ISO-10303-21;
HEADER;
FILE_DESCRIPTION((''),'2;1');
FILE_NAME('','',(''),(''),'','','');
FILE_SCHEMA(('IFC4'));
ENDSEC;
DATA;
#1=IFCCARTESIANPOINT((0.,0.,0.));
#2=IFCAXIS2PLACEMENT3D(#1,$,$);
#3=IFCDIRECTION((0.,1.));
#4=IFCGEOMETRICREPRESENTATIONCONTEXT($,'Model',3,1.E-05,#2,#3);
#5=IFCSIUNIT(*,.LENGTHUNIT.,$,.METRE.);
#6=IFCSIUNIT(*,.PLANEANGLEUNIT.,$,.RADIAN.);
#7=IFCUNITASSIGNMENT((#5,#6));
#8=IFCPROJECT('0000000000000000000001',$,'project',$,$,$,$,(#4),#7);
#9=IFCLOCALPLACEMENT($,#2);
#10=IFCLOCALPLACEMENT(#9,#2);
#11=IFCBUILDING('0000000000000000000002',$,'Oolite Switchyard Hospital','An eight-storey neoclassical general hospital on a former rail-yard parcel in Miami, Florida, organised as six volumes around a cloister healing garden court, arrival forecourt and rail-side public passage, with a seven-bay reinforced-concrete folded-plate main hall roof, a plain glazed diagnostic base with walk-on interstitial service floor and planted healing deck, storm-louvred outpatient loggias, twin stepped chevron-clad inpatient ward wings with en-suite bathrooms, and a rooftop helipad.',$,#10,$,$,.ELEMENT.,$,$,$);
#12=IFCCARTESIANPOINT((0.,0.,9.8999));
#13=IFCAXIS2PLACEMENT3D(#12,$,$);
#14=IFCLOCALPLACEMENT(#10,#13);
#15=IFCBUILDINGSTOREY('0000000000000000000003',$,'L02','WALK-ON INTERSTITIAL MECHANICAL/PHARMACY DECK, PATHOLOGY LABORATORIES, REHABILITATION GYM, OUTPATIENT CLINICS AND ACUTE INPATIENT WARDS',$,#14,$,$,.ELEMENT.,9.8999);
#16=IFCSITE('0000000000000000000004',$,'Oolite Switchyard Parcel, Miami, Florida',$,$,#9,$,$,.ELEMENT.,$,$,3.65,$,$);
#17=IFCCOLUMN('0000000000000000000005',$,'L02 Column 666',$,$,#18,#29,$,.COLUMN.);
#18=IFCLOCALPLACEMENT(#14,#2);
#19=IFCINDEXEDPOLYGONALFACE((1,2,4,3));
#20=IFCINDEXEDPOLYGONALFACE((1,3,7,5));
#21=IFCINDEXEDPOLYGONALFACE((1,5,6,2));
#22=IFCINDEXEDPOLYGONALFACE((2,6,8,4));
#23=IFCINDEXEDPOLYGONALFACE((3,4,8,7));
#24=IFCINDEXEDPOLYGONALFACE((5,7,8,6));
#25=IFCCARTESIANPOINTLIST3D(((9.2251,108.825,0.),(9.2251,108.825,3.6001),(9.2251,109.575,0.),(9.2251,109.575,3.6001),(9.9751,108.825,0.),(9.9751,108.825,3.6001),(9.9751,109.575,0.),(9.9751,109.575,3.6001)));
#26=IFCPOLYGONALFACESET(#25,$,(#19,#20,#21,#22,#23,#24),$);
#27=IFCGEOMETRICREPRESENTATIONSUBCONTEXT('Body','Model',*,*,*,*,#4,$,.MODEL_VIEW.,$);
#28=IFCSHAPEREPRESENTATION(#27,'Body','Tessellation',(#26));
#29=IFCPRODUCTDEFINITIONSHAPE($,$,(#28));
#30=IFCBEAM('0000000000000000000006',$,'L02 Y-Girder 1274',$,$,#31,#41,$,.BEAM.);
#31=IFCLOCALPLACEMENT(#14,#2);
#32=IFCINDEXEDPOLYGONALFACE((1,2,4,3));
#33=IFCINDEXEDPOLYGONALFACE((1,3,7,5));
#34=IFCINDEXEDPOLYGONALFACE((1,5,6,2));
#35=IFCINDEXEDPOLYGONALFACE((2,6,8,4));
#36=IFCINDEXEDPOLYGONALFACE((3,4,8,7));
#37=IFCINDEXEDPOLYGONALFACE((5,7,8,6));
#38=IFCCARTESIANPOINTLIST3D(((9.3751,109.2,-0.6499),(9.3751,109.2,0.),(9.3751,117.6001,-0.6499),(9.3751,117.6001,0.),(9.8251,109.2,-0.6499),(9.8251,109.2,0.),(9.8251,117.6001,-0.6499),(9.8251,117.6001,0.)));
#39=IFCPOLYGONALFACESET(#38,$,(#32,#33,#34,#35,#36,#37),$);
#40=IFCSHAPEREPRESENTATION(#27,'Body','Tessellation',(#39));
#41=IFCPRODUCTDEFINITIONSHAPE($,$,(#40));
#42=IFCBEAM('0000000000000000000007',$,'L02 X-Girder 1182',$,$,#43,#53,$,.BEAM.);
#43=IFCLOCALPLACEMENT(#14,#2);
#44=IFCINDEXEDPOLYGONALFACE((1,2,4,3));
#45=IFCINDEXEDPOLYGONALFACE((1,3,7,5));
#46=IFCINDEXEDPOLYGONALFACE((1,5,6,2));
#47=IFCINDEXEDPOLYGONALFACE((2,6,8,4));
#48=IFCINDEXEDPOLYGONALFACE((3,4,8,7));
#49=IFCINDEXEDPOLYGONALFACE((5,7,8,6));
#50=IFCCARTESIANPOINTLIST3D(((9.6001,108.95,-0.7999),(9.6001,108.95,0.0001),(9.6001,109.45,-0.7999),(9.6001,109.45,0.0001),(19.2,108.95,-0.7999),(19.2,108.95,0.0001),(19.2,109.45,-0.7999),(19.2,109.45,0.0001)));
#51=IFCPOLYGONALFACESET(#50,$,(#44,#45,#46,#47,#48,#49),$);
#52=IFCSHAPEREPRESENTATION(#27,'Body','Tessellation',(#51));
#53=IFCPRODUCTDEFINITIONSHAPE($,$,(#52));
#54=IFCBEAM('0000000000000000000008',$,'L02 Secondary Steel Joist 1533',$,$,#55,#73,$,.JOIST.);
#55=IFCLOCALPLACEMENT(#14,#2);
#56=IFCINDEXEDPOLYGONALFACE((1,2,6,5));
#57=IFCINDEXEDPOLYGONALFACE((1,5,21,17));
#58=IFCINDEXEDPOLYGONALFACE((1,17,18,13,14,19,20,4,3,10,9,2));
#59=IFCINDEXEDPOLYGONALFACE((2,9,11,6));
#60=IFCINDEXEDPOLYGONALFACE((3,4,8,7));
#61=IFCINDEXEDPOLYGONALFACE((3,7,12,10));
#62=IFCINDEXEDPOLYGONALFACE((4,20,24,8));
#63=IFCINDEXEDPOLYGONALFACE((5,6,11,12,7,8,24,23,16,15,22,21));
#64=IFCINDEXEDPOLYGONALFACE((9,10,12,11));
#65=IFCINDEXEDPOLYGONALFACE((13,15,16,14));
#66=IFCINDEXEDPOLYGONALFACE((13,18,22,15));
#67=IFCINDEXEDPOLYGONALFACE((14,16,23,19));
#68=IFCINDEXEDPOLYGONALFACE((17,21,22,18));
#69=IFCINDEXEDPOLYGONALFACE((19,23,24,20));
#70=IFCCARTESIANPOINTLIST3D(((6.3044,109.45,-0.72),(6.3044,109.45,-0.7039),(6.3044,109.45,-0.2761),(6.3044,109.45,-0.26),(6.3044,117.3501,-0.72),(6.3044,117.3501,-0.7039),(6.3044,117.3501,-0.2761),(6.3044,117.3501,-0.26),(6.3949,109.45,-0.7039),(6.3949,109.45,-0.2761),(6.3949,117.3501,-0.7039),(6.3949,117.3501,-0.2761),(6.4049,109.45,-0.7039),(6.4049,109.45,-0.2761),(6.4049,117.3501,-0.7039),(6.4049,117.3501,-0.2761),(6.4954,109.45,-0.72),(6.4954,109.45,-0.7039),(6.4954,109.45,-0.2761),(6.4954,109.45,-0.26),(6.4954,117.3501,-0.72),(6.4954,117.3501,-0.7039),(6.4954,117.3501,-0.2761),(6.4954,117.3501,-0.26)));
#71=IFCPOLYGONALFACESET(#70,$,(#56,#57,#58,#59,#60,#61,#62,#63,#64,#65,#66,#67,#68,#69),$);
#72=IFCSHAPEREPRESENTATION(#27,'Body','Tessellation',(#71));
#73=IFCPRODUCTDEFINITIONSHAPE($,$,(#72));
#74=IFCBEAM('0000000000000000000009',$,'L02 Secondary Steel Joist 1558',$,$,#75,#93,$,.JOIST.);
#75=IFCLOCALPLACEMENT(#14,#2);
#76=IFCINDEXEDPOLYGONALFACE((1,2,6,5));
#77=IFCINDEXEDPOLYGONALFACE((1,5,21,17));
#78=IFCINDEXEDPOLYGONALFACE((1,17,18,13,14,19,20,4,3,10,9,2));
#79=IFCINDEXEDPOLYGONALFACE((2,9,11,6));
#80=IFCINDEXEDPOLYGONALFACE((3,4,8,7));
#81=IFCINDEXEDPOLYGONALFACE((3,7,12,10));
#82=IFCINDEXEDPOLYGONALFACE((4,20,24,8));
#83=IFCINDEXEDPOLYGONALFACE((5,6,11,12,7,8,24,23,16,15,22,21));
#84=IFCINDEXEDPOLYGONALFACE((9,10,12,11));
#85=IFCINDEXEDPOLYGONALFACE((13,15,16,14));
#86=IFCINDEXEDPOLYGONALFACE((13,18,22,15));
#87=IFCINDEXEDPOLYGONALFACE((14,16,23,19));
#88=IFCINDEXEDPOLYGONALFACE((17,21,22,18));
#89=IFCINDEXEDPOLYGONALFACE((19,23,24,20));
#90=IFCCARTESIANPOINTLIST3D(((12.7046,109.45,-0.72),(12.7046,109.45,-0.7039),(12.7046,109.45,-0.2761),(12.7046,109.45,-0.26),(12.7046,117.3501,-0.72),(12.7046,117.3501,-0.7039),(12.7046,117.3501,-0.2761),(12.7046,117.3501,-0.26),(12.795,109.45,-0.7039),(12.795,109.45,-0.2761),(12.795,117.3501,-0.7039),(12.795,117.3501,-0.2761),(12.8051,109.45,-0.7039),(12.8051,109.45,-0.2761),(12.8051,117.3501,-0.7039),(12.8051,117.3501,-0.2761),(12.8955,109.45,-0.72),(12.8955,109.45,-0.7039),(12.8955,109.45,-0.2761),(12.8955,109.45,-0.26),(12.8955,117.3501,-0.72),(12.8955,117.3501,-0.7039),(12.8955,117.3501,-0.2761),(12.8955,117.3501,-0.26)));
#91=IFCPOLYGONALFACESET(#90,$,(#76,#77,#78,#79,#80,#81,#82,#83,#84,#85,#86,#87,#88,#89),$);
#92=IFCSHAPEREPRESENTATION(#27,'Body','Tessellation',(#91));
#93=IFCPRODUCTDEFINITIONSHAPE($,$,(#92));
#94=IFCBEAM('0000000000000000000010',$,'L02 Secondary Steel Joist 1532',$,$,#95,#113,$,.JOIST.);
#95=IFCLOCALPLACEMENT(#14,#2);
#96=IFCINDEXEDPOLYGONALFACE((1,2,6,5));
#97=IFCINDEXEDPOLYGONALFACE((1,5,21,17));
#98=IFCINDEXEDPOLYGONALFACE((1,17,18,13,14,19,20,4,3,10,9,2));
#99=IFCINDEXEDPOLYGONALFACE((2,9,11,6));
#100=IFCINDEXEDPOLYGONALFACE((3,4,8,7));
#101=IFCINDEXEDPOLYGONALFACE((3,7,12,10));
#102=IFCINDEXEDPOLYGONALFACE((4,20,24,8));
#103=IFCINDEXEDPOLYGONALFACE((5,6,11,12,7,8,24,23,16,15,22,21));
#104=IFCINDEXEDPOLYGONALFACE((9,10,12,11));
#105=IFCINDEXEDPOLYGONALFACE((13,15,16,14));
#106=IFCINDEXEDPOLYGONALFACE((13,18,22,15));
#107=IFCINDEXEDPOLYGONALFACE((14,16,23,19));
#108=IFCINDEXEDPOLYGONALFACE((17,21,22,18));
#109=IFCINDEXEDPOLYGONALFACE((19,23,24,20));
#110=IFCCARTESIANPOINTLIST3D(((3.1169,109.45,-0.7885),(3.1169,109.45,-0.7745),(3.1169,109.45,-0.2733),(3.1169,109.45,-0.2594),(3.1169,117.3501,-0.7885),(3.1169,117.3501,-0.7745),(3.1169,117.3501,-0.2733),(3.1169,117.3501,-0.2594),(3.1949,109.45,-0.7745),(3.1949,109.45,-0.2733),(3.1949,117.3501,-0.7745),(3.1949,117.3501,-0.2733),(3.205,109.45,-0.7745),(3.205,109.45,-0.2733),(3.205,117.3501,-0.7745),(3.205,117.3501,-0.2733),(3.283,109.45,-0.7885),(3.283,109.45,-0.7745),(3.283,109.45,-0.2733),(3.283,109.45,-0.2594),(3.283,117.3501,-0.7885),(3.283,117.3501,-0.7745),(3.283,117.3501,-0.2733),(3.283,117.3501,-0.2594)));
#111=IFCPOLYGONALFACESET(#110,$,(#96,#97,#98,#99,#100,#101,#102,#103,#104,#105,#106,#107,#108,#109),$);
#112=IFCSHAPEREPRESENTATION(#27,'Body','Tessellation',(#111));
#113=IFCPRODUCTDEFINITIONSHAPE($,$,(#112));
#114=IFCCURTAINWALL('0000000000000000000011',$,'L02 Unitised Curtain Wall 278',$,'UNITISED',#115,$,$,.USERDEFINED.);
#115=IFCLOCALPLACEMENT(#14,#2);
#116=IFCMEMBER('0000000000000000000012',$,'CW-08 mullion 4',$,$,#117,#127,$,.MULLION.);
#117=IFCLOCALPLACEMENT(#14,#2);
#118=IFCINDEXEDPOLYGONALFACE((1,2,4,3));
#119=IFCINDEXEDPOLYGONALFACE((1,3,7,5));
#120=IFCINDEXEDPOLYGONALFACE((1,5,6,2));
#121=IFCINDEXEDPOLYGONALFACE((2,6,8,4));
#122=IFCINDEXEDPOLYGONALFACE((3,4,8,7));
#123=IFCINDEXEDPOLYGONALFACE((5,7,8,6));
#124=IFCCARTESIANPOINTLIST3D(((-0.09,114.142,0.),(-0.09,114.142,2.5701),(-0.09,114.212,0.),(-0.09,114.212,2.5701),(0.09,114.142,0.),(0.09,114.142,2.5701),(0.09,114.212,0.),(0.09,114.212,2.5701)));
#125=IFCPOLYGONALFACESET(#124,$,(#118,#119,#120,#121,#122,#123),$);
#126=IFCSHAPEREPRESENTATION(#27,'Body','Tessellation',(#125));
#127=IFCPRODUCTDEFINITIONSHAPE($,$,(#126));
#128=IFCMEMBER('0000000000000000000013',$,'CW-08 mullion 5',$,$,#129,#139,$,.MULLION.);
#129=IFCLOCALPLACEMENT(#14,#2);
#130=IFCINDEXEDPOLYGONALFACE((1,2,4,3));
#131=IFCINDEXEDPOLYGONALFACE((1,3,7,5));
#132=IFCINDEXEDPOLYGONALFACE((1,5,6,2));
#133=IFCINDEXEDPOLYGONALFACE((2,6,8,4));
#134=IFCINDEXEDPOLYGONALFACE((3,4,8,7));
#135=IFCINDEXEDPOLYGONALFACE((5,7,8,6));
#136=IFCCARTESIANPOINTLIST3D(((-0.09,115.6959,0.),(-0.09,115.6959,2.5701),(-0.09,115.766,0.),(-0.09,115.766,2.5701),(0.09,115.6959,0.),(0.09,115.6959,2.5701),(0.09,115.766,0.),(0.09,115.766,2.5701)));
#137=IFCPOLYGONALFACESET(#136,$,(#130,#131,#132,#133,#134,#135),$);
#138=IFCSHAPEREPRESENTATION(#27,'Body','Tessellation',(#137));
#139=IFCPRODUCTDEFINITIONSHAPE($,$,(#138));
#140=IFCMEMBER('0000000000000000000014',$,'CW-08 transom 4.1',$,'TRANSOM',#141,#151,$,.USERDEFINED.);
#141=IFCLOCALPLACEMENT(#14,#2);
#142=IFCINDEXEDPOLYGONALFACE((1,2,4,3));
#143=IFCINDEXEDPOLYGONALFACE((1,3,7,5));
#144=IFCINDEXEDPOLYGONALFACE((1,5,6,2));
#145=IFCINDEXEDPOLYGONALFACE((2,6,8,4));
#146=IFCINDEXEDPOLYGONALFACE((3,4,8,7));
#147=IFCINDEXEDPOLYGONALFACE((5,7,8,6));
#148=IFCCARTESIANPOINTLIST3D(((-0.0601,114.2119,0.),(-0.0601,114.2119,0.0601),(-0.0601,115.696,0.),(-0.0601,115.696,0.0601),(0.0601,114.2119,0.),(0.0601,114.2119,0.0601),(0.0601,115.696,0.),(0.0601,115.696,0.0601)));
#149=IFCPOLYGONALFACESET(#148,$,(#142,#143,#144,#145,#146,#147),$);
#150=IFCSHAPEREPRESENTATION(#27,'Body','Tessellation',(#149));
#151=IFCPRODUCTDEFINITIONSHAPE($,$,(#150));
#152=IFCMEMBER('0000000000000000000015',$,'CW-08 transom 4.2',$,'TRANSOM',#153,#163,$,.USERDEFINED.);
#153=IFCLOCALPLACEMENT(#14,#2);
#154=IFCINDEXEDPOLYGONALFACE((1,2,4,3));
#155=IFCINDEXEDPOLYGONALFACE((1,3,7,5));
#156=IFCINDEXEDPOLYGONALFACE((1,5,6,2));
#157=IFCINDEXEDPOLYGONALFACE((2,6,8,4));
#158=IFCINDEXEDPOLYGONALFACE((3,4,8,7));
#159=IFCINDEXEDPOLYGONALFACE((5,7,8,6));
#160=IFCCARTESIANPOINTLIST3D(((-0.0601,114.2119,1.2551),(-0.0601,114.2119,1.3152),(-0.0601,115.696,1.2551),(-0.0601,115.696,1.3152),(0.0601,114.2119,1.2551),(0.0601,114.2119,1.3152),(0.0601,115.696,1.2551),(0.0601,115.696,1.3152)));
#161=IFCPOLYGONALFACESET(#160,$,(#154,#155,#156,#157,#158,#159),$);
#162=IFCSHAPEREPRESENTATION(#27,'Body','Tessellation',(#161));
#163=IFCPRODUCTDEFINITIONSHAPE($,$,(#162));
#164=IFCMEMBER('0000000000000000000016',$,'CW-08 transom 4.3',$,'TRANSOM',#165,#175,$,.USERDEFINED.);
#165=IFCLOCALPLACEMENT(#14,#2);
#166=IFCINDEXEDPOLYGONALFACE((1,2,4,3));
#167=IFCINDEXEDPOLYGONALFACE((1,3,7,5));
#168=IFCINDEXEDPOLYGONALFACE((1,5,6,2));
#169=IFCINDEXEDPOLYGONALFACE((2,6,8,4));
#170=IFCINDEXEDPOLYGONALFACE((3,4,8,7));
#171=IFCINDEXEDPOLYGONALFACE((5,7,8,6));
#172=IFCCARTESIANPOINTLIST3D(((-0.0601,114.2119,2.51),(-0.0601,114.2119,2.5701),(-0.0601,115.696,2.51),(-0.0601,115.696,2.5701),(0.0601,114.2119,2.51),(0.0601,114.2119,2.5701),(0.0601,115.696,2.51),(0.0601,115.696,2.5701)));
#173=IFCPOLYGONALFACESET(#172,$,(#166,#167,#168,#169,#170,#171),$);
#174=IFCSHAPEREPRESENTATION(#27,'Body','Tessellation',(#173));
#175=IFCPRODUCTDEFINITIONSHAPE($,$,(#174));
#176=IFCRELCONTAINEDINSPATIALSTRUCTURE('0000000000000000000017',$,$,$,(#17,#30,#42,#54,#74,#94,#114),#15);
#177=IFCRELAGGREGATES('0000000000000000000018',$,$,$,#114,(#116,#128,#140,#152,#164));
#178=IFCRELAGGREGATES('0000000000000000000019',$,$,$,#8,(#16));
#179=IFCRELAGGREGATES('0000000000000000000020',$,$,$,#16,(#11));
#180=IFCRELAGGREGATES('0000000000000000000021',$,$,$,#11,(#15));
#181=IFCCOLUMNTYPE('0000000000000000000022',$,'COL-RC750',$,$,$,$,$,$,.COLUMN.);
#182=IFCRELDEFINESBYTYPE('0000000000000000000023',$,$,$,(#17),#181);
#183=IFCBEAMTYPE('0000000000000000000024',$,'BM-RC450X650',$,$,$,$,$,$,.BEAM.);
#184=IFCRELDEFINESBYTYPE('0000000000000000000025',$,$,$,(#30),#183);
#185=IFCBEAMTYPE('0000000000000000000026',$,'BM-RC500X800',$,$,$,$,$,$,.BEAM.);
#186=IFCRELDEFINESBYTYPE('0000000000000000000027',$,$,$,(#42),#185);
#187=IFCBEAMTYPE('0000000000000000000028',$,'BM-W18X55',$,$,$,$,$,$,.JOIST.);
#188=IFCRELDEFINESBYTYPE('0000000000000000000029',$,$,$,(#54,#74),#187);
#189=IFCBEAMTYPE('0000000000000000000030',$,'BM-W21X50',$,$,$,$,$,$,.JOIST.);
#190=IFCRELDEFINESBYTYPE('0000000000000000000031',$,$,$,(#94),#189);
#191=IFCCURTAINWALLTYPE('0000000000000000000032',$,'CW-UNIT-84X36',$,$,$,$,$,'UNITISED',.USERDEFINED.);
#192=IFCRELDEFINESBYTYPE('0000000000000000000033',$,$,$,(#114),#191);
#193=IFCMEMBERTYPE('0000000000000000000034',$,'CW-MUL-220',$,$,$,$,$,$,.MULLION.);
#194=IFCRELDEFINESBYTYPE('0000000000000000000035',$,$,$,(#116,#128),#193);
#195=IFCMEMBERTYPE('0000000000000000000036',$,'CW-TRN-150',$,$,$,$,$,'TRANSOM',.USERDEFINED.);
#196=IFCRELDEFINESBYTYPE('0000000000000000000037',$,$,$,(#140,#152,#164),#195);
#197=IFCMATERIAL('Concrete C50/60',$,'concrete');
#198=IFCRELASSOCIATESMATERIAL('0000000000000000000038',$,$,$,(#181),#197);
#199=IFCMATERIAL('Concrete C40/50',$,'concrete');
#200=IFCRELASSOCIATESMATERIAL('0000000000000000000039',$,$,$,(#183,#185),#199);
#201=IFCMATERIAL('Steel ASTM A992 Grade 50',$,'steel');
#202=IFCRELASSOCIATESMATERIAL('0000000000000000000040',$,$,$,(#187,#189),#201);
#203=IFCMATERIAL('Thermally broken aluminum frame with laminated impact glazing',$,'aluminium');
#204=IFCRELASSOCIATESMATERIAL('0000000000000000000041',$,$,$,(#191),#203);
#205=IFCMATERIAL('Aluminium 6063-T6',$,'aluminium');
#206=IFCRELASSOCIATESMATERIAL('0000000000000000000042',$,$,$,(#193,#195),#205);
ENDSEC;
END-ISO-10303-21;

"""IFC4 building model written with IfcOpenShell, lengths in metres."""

from ifc_helpers import new_model, si_unit, direction, frame, origin, origin_2d, place, context, subcontext, project, spatial, rectangle, i_section, extrude, material, material_profile, profile_set, type_object, element, aggregate, save


model = new_model("IFC4")

# Units and contexts
model_context = context("Model", 3, precision=1e-05, world=origin(), true_north=direction((0.0, 1.0)))
body_context = subcontext(model_context, "Body", "Model", "MODEL_VIEW")
ifc_project = project(units=[si_unit("LENGTHUNIT", "METRE"), si_unit("PLANEANGLEUNIT", "RADIAN")], contexts=[model_context])

# Site, building, storey
site_placement = place(None, origin())
site = spatial("IfcSite", under=ifc_project, at=site_placement, Name="Oolite Switchyard Parcel, Miami, Florida", CompositionType="ELEMENT", RefElevation=3.65)
building_placement = place(site_placement, origin())
building = spatial("IfcBuilding", under=site, at=building_placement, Name="Oolite Switchyard Hospital", Description="An eight-storey neoclassical general hospital on a former rail-yard parcel in Miami, Florida, organised as six volumes around a cloister healing garden court, arrival forecourt and rail-side public passage, with a seven-bay reinforced-concrete folded-plate main hall roof, a plain glazed diagnostic base with walk-on interstitial service floor and planted healing deck, storm-louvred outpatient loggias, twin stepped chevron-clad inpatient ward wings with en-suite bathrooms, and a rooftop helipad.", CompositionType="ELEMENT")
storey_placement = place(building_placement, frame((0.0, 0.0, 9.8999)))
storey = spatial("IfcBuildingStorey", under=building, at=storey_placement, Name="L02", Description="WALK-ON INTERSTITIAL MECHANICAL/PHARMACY DECK, PATHOLOGY LABORATORIES, REHABILITATION GYM, OUTPATIENT CLINICS AND ACUTE INPATIENT WARDS", CompositionType="ELEMENT", Elevation=9.8999)

# Column
ifc_material_1 = material(Name="Concrete C50/60", Category="concrete")
ifc_material_profile_1 = material_profile(ifc_material_1, rectangle(XDim=0.75, YDim=0.75, at=origin_2d()), Name="RC750X750")
ifc_profile_set_1 = profile_set([ifc_material_profile_1], Name="Concrete C50/60")
column_type = type_object("IfcColumnType", Name="COL-RC750", PredefinedType="COLUMN", material=ifc_profile_set_1)
column_placement = place(storey_placement, frame((9.6001, 109.2, 0.0), z_axis=(0.0, 0.0, 1.0), x_axis=(1.0, 0.0, 0.0)))
element("IfcColumn", 1, at=column_placement, inside=storey, type_object=column_type, Name="L02 Column 666", PredefinedType="COLUMN", context=body_context, shape_type="SweptSolid", body=[
    extrude(rectangle(XDim=0.75, YDim=0.75, at=origin_2d()), origin(), (0.0, 0.0, 1.0), 3.6001),
])

# Beams
ifc_material_2 = material(Name="Concrete C40/50", Category="concrete")
ifc_material_profile_2 = material_profile(ifc_material_2, rectangle(XDim=0.45, YDim=0.6499, at=origin_2d()), Name="RCB450X650")
ifc_profile_set_2 = profile_set([ifc_material_profile_2], Name="Concrete C40/50")
beam_type_1 = type_object("IfcBeamType", Name="BM-RC450X650", PredefinedType="BEAM", material=ifc_profile_set_2)
beam_1_placement = place(storey_placement, frame((9.6001, 109.2, -0.325), z_axis=(0.0, 1.0, 0.0), x_axis=(-1.0, 0.0, 0.0)))
element("IfcBeam", 2, at=beam_1_placement, inside=storey, type_object=beam_type_1, Name="L02 Y-Girder 1274", PredefinedType="BEAM", context=body_context, shape_type="SweptSolid", body=[
    extrude(rectangle(XDim=0.45, YDim=0.6499, at=origin_2d()), origin(), (0.0, 0.0, 1.0), 8.4001),
])
ifc_material_profile_3 = material_profile(ifc_material_2, rectangle(XDim=0.5, YDim=0.8, at=origin_2d()), Name="RCB500X800")
ifc_profile_set_3 = profile_set([ifc_material_profile_3], Name="Concrete C40/50")
beam_type_2 = type_object("IfcBeamType", Name="BM-RC500X800", PredefinedType="BEAM", material=ifc_profile_set_3)
beam_2_placement = place(storey_placement, frame((9.6001, 109.2, -0.3999), z_axis=(1.0, 0.0, 0.0), x_axis=(0.0, 1.0, 0.0)))
element("IfcBeam", 3, at=beam_2_placement, inside=storey, type_object=beam_type_2, Name="L02 X-Girder 1182", PredefinedType="BEAM", context=body_context, shape_type="SweptSolid", body=[
    extrude(rectangle(XDim=0.5, YDim=0.8, at=origin_2d()), origin(), (0.0, 0.0, 1.0), 9.5999),
])
ifc_material_3 = material(Name="Steel ASTM A992 Grade 50", Category="steel")
ifc_material_profile_4 = material_profile(ifc_material_3, i_section(OverallWidth=0.1909, OverallDepth=0.46, WebThickness=0.01, FlangeThickness=0.0161, at=origin_2d()), Name="W18X55")
ifc_profile_set_4 = profile_set([ifc_material_profile_4], Name="Steel ASTM A992 Grade 50")
beam_type_3 = type_object("IfcBeamType", Name="BM-W18X55", PredefinedType="JOIST", material=ifc_profile_set_4)
for number, where, z_axis, x_axis, name in (
    (4, (6.3999, 109.45, -0.49), (0.0, 1.0, 0.0), (-1.0, 0.0, 0.0), "L02 Secondary Steel Joist 1533"),
    (5, (12.8, 109.45, -0.49), (0.0, 1.0, 0.0), (-1.0, 0.0, 0.0), "L02 Secondary Steel Joist 1558"),
):
    element("IfcBeam", number, at=place(storey_placement, frame(where, z_axis=z_axis, x_axis=x_axis)), inside=storey, type_object=beam_type_3, Name=name, PredefinedType="JOIST", context=body_context, shape_type="SweptSolid", body=[
        extrude(i_section(OverallWidth=0.1909, OverallDepth=0.46, WebThickness=0.01, FlangeThickness=0.0161, at=origin_2d()), origin(), (0.0, 0.0, 1.0), 7.9001),
    ])
ifc_material_profile_5 = material_profile(ifc_material_3, i_section(OverallWidth=0.166, OverallDepth=0.5291, WebThickness=0.01, FlangeThickness=0.0139, at=origin_2d()), Name="W21X50")
ifc_profile_set_5 = profile_set([ifc_material_profile_5], Name="Steel ASTM A992 Grade 50")
beam_type_4 = type_object("IfcBeamType", Name="BM-W21X50", PredefinedType="JOIST", material=ifc_profile_set_5)
beam_3_placement = place(storey_placement, frame((3.2, 109.45, -0.5239), z_axis=(0.0, 1.0, 0.0), x_axis=(-1.0, 0.0, 0.0)))
element("IfcBeam", 6, at=beam_3_placement, inside=storey, type_object=beam_type_4, Name="L02 Secondary Steel Joist 1532", PredefinedType="JOIST", context=body_context, shape_type="SweptSolid", body=[
    extrude(i_section(OverallWidth=0.166, OverallDepth=0.5291, WebThickness=0.01, FlangeThickness=0.0139, at=origin_2d()), origin(), (0.0, 0.0, 1.0), 7.9001),
])

# Curtain wall, members
ifc_material_4 = material(Name="Thermally broken aluminum frame with laminated impact glazing", Category="aluminium")
curtain_wall_type = type_object("IfcCurtainWallType", Name="CW-UNIT-84X36", ElementType="UNITISED", PredefinedType="USERDEFINED", material=ifc_material_4)
curtain_wall_placement = place(storey_placement, origin())
curtain_wall = element("IfcCurtainWall", 7, at=curtain_wall_placement, inside=storey, type_object=curtain_wall_type, Name="L02 Unitised Curtain Wall 278", ObjectType="UNITISED", PredefinedType="USERDEFINED")
ifc_material_5 = material(Name="Aluminium 6063-T6", Category="aluminium")
ifc_material_profile_6 = material_profile(ifc_material_5, rectangle(XDim=0.1799, YDim=0.0701, at=origin_2d()), Name="CWM70X180")
ifc_profile_set_6 = profile_set([ifc_material_profile_6], Name="Aluminium 6063-T6")
member_type_1 = type_object("IfcMemberType", Name="CW-MUL-220", PredefinedType="MULLION", material=ifc_profile_set_6)
member_1_placement = place(storey_placement, frame((0.0, 114.177, 0.0), z_axis=(0.0, 0.0, 1.0), x_axis=(-1.0, 0.0, 0.0)))
member_1 = element("IfcMember", 8, at=member_1_placement, type_object=member_type_1, Name="CW-08 mullion 4", PredefinedType="MULLION", context=body_context, shape_type="SweptSolid", body=[
    extrude(rectangle(XDim=0.1799, YDim=0.0701, at=origin_2d()), origin(), (0.0, 0.0, 1.0), 2.5701),
])
member_2_placement = place(storey_placement, frame((0.0, 115.731, 0.0), z_axis=(0.0, 0.0, 1.0), x_axis=(-1.0, 0.0, 0.0)))
member_2 = element("IfcMember", 9, at=member_2_placement, type_object=member_type_1, Name="CW-08 mullion 5", PredefinedType="MULLION", context=body_context, shape_type="SweptSolid", body=[
    extrude(rectangle(XDim=0.1799, YDim=0.0701, at=origin_2d()), origin(), (0.0, 0.0, 1.0), 2.5701),
])
ifc_material_profile_7 = material_profile(ifc_material_5, rectangle(XDim=0.1201, YDim=0.0601, at=origin_2d()), Name="CWT60X120")
ifc_profile_set_7 = profile_set([ifc_material_profile_7], Name="Aluminium 6063-T6")
member_type_2 = type_object("IfcMemberType", Name="CW-TRN-150", ElementType="TRANSOM", PredefinedType="USERDEFINED", material=ifc_profile_set_7)
member_3_placement = place(storey_placement, frame((0.0, 114.2119, 0.03), z_axis=(0.0, 1.0, 0.0), x_axis=(-1.0, 0.0, 0.0)))
member_3 = element("IfcMember", 10, at=member_3_placement, type_object=member_type_2, Name="CW-08 transom 4.1", ObjectType="TRANSOM", PredefinedType="USERDEFINED", context=body_context, shape_type="SweptSolid", body=[
    extrude(rectangle(XDim=0.1201, YDim=0.0601, at=origin_2d()), origin(), (0.0, 0.0, 1.0), 1.4841),
])
member_4_placement = place(storey_placement, frame((0.0, 114.2119, 1.2852), z_axis=(0.0, 1.0, 0.0), x_axis=(-1.0, 0.0, 0.0)))
member_4 = element("IfcMember", 11, at=member_4_placement, type_object=member_type_2, Name="CW-08 transom 4.2", ObjectType="TRANSOM", PredefinedType="USERDEFINED", context=body_context, shape_type="SweptSolid", body=[
    extrude(rectangle(XDim=0.1201, YDim=0.0601, at=origin_2d()), origin(), (0.0, 0.0, 1.0), 1.4841),
])
member_5_placement = place(storey_placement, frame((0.0, 114.2119, 2.54), z_axis=(0.0, 1.0, 0.0), x_axis=(-1.0, 0.0, 0.0)))
member_5 = element("IfcMember", 12, at=member_5_placement, type_object=member_type_2, Name="CW-08 transom 4.3", ObjectType="TRANSOM", PredefinedType="USERDEFINED", context=body_context, shape_type="SweptSolid", body=[
    extrude(rectangle(XDim=0.1201, YDim=0.0601, at=origin_2d()), origin(), (0.0, 0.0, 1.0), 1.4841),
])

aggregate(curtain_wall, [member_1, member_2, member_3, member_4, member_5])

save(model, "model.ifc")
